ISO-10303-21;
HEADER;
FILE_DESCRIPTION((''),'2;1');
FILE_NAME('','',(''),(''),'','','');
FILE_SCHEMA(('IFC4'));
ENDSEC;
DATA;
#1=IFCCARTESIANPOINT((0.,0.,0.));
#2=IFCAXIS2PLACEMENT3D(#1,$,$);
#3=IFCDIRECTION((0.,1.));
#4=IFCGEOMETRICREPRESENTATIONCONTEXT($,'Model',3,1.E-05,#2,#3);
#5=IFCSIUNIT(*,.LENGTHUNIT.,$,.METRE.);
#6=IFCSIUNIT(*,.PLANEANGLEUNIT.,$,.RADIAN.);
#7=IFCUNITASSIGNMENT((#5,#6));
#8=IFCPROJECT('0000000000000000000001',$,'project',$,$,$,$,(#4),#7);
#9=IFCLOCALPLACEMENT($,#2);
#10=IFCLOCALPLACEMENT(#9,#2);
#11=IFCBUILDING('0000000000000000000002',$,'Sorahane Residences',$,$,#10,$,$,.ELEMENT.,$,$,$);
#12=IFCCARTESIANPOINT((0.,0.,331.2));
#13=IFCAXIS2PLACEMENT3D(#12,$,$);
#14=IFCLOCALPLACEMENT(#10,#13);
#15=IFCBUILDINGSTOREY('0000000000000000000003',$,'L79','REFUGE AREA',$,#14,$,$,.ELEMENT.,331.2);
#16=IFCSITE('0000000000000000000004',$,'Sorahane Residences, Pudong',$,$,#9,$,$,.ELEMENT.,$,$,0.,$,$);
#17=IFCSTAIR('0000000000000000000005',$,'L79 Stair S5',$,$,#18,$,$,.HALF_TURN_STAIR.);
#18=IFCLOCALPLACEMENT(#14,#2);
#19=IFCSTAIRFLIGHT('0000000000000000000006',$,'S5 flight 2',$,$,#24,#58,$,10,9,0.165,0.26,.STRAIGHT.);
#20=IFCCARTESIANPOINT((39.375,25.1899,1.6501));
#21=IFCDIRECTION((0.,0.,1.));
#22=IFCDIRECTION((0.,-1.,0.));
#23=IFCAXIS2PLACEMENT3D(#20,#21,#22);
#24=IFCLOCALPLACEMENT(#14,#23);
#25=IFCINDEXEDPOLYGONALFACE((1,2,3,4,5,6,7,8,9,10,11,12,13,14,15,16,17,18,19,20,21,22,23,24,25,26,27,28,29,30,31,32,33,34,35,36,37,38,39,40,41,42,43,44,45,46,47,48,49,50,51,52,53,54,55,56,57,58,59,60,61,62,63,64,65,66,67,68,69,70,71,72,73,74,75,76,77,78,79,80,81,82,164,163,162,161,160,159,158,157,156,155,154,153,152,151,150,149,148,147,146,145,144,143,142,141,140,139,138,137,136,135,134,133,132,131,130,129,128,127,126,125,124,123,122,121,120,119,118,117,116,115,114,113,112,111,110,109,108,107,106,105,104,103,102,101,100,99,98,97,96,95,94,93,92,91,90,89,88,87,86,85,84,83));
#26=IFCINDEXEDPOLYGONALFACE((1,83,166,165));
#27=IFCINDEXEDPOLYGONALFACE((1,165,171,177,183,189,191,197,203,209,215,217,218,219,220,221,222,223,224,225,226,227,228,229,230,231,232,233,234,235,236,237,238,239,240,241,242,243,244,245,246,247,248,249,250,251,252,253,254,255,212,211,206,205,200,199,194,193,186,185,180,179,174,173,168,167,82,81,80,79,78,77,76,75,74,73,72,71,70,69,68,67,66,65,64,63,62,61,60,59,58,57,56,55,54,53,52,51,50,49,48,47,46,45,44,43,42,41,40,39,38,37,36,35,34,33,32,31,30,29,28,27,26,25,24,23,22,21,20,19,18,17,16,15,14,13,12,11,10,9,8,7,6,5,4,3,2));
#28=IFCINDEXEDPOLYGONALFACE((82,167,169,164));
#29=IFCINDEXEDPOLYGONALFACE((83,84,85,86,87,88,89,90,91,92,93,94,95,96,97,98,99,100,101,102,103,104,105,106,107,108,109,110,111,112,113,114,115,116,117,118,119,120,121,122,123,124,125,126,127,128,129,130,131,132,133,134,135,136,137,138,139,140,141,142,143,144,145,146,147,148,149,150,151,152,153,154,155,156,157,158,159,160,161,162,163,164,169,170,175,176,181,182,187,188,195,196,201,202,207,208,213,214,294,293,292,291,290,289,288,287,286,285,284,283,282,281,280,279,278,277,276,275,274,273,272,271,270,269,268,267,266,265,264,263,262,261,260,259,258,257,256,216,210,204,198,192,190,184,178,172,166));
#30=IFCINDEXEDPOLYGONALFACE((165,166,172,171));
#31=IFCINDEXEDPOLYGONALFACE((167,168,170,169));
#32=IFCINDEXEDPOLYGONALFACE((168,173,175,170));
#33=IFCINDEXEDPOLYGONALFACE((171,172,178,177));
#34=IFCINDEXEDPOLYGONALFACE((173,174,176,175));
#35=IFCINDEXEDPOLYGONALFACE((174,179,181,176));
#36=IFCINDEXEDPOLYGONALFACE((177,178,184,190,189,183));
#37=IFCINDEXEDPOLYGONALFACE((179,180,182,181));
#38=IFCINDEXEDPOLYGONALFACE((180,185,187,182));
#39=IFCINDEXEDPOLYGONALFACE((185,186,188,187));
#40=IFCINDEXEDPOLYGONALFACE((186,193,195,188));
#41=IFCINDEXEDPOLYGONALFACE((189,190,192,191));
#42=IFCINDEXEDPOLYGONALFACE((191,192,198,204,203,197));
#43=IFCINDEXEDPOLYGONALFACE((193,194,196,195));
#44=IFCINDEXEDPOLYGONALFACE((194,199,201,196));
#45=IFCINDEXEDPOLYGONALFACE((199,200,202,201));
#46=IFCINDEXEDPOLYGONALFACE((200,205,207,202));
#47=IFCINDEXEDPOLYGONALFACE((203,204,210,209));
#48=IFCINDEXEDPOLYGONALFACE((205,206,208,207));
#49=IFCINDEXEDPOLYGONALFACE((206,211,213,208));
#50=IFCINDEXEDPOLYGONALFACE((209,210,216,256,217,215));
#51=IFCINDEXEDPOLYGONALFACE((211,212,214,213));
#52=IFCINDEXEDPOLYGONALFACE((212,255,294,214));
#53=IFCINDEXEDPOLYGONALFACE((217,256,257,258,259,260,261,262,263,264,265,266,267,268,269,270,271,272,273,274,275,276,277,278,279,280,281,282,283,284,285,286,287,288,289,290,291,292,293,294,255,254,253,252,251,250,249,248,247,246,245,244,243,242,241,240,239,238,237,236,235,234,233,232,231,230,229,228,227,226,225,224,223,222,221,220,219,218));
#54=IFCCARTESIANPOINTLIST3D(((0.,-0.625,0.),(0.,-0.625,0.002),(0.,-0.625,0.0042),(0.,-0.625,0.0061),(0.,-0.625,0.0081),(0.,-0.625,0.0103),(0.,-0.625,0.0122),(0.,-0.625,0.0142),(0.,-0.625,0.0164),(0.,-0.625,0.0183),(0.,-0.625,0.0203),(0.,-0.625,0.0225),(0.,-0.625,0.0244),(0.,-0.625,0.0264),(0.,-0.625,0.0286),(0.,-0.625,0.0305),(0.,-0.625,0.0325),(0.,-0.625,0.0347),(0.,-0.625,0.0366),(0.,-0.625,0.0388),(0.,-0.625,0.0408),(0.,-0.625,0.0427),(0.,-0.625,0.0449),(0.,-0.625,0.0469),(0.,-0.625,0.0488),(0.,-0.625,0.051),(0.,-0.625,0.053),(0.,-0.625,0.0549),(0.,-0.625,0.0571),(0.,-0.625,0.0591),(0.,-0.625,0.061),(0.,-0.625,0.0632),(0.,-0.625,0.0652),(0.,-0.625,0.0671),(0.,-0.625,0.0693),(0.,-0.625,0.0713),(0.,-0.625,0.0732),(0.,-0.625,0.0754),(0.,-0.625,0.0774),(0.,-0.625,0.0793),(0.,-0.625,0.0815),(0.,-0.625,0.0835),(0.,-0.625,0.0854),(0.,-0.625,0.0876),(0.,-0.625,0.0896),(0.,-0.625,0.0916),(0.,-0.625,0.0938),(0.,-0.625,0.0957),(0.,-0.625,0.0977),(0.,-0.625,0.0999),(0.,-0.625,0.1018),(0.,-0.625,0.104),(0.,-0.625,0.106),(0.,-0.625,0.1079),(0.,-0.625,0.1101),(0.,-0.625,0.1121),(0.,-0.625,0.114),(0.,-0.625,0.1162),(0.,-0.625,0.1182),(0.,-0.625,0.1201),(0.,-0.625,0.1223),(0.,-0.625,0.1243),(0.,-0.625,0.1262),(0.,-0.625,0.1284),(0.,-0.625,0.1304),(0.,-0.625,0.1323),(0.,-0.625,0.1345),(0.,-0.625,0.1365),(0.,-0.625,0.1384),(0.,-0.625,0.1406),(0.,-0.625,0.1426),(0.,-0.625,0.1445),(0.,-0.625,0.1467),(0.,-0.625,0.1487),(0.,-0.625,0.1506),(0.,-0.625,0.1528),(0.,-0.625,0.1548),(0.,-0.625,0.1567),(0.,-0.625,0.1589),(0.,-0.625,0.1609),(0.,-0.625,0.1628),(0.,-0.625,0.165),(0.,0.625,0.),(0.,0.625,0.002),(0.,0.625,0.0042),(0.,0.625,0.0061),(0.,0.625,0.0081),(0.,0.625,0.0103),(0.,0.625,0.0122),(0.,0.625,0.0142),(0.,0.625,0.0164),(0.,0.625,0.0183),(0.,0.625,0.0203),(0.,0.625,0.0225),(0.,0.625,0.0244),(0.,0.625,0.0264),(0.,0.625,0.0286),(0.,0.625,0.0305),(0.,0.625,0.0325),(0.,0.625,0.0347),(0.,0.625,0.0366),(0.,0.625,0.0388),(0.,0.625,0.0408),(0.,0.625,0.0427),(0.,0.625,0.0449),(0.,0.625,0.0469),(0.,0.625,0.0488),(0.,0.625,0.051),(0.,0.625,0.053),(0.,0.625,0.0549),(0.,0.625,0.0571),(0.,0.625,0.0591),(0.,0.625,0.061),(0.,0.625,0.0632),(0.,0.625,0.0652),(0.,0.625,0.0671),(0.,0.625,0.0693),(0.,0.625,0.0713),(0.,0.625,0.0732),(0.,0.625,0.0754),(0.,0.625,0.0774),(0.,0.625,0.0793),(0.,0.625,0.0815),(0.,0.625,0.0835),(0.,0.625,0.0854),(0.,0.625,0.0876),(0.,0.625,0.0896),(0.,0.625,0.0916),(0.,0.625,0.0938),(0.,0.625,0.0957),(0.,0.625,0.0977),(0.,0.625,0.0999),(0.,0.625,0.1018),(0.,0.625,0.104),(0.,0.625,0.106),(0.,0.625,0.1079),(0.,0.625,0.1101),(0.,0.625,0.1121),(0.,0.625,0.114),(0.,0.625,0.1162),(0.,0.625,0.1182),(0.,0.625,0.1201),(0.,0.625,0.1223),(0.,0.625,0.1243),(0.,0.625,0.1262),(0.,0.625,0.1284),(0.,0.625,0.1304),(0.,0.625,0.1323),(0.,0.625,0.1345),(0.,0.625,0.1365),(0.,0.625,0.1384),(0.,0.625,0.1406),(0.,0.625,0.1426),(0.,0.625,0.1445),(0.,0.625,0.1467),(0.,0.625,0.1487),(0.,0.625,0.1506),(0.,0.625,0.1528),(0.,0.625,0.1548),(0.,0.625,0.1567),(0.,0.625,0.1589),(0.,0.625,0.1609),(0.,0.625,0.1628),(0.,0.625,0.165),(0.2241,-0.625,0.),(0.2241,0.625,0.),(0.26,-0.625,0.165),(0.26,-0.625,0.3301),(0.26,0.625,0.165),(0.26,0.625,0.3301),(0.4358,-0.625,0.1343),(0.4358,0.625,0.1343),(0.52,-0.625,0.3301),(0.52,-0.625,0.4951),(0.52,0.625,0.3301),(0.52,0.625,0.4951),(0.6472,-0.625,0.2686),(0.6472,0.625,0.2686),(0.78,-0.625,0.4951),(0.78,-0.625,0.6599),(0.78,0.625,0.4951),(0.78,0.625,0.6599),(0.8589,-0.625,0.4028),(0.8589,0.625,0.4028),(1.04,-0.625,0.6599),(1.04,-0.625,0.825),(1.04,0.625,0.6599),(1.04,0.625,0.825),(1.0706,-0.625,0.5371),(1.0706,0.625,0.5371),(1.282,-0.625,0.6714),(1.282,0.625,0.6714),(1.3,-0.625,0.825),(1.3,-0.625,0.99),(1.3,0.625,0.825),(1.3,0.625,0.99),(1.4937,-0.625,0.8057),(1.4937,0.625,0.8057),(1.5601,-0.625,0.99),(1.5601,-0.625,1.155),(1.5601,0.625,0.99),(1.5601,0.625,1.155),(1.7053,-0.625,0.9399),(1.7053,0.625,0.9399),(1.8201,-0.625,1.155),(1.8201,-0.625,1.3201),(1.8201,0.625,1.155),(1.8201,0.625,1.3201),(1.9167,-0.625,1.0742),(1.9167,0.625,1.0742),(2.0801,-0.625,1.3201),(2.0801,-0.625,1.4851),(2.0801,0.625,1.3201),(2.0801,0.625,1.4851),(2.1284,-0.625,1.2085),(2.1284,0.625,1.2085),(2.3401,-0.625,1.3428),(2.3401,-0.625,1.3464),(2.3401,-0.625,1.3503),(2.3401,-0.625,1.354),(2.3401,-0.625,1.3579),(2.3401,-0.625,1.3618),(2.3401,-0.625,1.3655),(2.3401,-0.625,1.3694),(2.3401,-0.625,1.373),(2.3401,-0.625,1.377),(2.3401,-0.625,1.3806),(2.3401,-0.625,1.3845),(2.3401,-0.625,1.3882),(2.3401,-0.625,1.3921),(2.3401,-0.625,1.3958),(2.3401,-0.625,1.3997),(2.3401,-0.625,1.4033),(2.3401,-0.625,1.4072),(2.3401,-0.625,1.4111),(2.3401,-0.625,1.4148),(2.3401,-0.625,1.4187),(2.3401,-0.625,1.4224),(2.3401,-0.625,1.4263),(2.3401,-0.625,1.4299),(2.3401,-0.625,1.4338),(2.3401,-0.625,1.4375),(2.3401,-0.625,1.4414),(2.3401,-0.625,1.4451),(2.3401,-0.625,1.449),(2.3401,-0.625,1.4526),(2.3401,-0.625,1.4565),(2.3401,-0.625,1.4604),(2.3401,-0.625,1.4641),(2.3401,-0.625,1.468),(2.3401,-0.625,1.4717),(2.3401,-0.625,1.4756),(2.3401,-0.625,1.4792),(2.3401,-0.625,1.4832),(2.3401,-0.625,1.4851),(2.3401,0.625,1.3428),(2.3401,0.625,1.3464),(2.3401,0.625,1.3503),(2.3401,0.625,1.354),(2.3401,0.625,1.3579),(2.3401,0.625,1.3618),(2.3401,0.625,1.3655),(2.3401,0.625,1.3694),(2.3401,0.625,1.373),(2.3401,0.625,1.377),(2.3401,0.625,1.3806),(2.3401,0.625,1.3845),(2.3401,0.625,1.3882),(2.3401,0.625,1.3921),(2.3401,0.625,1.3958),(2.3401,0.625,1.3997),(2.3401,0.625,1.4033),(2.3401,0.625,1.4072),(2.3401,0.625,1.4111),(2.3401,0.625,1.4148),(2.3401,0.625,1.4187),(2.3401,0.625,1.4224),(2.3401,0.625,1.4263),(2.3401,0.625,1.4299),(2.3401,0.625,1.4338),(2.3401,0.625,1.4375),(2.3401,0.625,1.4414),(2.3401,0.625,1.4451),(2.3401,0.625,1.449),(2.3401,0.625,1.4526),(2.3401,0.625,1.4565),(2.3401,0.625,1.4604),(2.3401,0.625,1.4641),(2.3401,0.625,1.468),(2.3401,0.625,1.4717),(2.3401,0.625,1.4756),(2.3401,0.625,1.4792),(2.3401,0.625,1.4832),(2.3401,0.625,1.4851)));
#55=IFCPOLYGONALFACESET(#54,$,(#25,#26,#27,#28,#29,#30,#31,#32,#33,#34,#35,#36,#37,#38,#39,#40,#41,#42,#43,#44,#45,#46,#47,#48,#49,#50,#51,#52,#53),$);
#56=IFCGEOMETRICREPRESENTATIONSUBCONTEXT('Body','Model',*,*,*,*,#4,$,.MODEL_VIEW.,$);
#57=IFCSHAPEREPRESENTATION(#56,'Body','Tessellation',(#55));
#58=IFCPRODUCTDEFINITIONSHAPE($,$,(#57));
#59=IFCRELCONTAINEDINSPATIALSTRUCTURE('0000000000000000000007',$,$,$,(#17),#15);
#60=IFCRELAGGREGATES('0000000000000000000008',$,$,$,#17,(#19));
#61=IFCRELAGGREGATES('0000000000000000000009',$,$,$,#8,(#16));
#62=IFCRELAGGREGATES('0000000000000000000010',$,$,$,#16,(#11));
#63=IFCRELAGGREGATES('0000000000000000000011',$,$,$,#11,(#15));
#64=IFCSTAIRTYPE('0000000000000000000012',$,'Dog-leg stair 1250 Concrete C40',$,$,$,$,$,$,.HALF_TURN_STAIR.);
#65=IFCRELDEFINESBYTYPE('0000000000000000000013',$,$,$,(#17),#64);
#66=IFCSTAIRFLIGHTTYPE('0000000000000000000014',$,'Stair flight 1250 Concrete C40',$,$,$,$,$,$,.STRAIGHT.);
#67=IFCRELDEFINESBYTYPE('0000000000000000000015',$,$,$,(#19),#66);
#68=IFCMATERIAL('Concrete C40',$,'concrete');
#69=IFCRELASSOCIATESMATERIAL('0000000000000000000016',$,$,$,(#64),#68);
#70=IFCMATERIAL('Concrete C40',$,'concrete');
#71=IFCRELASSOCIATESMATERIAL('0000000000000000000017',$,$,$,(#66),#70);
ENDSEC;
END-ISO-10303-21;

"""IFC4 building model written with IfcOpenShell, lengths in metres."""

from ifc_helpers import new_model, si_unit, direction, frame, origin, place, context, subcontext, project, spatial, polyline, outline, extrude, material, type_object, element, aggregate, save


model = new_model("IFC4")

# Units and contexts
model_context = context("Model", 3, precision=1e-05, world=origin(), true_north=direction((0.0, 1.0)))
body_context = subcontext(model_context, "Body", "Model", "MODEL_VIEW")
ifc_project = project(units=[si_unit("LENGTHUNIT", "METRE"), si_unit("PLANEANGLEUNIT", "RADIAN")], contexts=[model_context])

# Site, building, storey
site_placement = place(None, origin())
site = spatial("IfcSite", under=ifc_project, at=site_placement, Name="Sorahane Residences, Pudong", CompositionType="ELEMENT", RefElevation=0.0)
building_placement = place(site_placement, origin())
building = spatial("IfcBuilding", under=site, at=building_placement, Name="Sorahane Residences", CompositionType="ELEMENT")
storey_placement = place(building_placement, frame((0.0, 0.0, 331.2)))
storey = spatial("IfcBuildingStorey", under=building, at=storey_placement, Name="L79", Description="REFUGE AREA", CompositionType="ELEMENT", Elevation=331.2)

# Stair, stair flight
ifc_material_1 = material(Name="Concrete C40", Category="concrete")
stair_type = type_object("IfcStairType", Name="Dog-leg stair 1250 Concrete C40", PredefinedType="HALF_TURN_STAIR", material=ifc_material_1)
stair_placement = place(storey_placement, origin())
stair = element("IfcStair", 1, at=stair_placement, inside=storey, type_object=stair_type, Name="L79 Stair S5", PredefinedType="HALF_TURN_STAIR")
ifc_material_2 = material(Name="Concrete C40", Category="concrete")
stair_flight_type = type_object("IfcStairFlightType", Name="Stair flight 1250 Concrete C40", PredefinedType="STRAIGHT", material=ifc_material_2)
stair_flight_1_placement = place(storey_placement, frame((39.375, 25.1899, 1.6501), z_axis=(0.0, 0.0, 1.0), x_axis=(0.0, -1.0, 0.0)))
stair_flight_1 = element("IfcStairFlight", 2, at=stair_flight_1_placement, type_object=stair_flight_type, Name="S5 flight 2", NumberOfRisers=10, NumberOfTreads=9, PredefinedType="STRAIGHT", RiserHeight=0.165, TreadLength=0.26, context=body_context, shape_type="SweptSolid", body=[
    extrude(outline(polyline([(0.0, 0.0), (0.0, 0.002), (0.0, 0.0042), (0.0, 0.0061), (0.0, 0.0081), (0.0, 0.0103), (0.0, 0.0122), (0.0, 0.0142), (0.0, 0.0164), (0.0, 0.0183), (0.0, 0.0203), (0.0, 0.0225), (0.0, 0.0244), (0.0, 0.0264), (0.0, 0.0286), (0.0, 0.0305), (0.0, 0.0325), (0.0, 0.0347), (0.0, 0.0366), (0.0, 0.0388), (0.0, 0.0408), (0.0, 0.0427), (0.0, 0.0449), (0.0, 0.0469), (0.0, 0.0488), (0.0, 0.051), (0.0, 0.053), (0.0, 0.0549), (0.0, 0.0571), (0.0, 0.0591), (0.0, 0.061), (0.0, 0.0632), (0.0, 0.0652), (0.0, 0.0671), (0.0, 0.0693), (0.0, 0.0713), (0.0, 0.0732), (0.0, 0.0754), (0.0, 0.0774), (0.0, 0.0793), (0.0, 0.0815), (0.0, 0.0835), (0.0, 0.0854), (0.0, 0.0876), (0.0, 0.0896), (0.0, 0.0916), (0.0, 0.0938), (0.0, 0.0957), (0.0, 0.0977), (0.0, 0.0999), (0.0, 0.1018), (0.0, 0.104), (0.0, 0.106), (0.0, 0.1079), (0.0, 0.1101), (0.0, 0.1121), (0.0, 0.114), (0.0, 0.1162), (0.0, 0.1182), (0.0, 0.1201), (0.0, 0.1223), (0.0, 0.1243), (0.0, 0.1262), (0.0, 0.1284), (0.0, 0.1304), (0.0, 0.1323), (0.0, 0.1345), (0.0, 0.1365), (0.0, 0.1384), (0.0, 0.1406), (0.0, 0.1426), (0.0, 0.1445), (0.0, 0.1467), (0.0, 0.1487), (0.0, 0.1506), (0.0, 0.1528), (0.0, 0.1548), (0.0, 0.1567), (0.0, 0.1589), (0.0, 0.1609), (0.0, 0.1628), (0.0, 0.165), (0.26, 0.165), (0.26, 0.3301), (0.52, 0.3301), (0.52, 0.4951), (0.78, 0.4951), (0.78, 0.6599), (1.04, 0.6599), (1.04, 0.825), (1.3, 0.825), (1.3, 0.99), (1.5601, 0.99), (1.5601, 1.155), (1.8201, 1.155), (1.8201, 1.3201), (2.0801, 1.3201), (2.0801, 1.4851), (2.3401, 1.4851), (2.3401, 1.6499), (2.3401, 1.6462), (2.3401, 1.6423), (2.3401, 1.6387), (2.3401, 1.6348), (2.3401, 1.6311), (2.3401, 1.6272), (2.3401, 1.6235), (2.3401, 1.6196), (2.3401, 1.616), (2.3401, 1.6121), (2.3401, 1.6082), (2.3401, 1.6045), (2.3401, 1.6006), (2.3401, 1.5969), (2.3401, 1.593), (2.3401, 1.5894), (2.3401, 1.5854), (2.3401, 1.5818), (2.3401, 1.5779), (2.3401, 1.5742), (2.3401, 1.5703), (2.3401, 1.5667), (2.3401, 1.5627), (2.3401, 1.5588), (2.3401, 1.5552), (2.3401, 1.5513), (2.3401, 1.5476), (2.3401, 1.5437), (2.3401, 1.54), (2.3401, 1.5361), (2.3401, 1.5325), (2.3401, 1.5286), (2.3401, 1.5249), (2.3401, 1.521), (2.3401, 1.5173), (2.3401, 1.5134), (2.3401, 1.5098), (2.3401, 1.5059), (2.3401, 1.502), (2.3401, 1.4983), (2.3401, 1.4944), (2.3401, 1.4907), (2.3401, 1.4868), (2.3401, 1.4832), (2.3401, 1.4792), (2.3401, 1.4756), (2.3401, 1.4717), (2.3401, 1.468), (2.3401, 1.4641), (2.3401, 1.4604), (2.3401, 1.4565), (2.3401, 1.4526), (2.3401, 1.449), (2.3401, 1.4451), (2.3401, 1.4414), (2.3401, 1.4375), (2.3401, 1.4338), (2.3401, 1.4299), (2.3401, 1.4263), (2.3401, 1.4224), (2.3401, 1.4187), (2.3401, 1.4148), (2.3401, 1.4111), (2.3401, 1.4072), (2.3401, 1.4033), (2.3401, 1.3997), (2.3401, 1.3958), (2.3401, 1.3921), (2.3401, 1.3882), (2.3401, 1.3845), (2.3401, 1.3806), (2.3401, 1.377), (2.3401, 1.373), (2.3401, 1.3694), (2.3401, 1.3655), (2.3401, 1.3618), (2.3401, 1.3579), (2.3401, 1.354), (2.3401, 1.3503), (2.3401, 1.3464), (2.3401, 1.3428), (2.1284, 1.2085), (1.9167, 1.0742), (1.7053, 0.9399), (1.4937, 0.8057), (1.282, 0.6714), (1.0706, 0.5371), (0.8589, 0.4028), (0.6472, 0.2686), (0.4358, 0.1343), (0.2241, 0.0), (0.0, 0.0)])), frame((0.0, 0.625, 0.0), z_axis=(0.0, -1.0, 0.0), x_axis=(1.0, 0.0, 0.0)), (0.0, 0.0, 1.0), 1.25),
])
aggregate(stair, [stair_flight_1])

save(model, "model.ifc")
